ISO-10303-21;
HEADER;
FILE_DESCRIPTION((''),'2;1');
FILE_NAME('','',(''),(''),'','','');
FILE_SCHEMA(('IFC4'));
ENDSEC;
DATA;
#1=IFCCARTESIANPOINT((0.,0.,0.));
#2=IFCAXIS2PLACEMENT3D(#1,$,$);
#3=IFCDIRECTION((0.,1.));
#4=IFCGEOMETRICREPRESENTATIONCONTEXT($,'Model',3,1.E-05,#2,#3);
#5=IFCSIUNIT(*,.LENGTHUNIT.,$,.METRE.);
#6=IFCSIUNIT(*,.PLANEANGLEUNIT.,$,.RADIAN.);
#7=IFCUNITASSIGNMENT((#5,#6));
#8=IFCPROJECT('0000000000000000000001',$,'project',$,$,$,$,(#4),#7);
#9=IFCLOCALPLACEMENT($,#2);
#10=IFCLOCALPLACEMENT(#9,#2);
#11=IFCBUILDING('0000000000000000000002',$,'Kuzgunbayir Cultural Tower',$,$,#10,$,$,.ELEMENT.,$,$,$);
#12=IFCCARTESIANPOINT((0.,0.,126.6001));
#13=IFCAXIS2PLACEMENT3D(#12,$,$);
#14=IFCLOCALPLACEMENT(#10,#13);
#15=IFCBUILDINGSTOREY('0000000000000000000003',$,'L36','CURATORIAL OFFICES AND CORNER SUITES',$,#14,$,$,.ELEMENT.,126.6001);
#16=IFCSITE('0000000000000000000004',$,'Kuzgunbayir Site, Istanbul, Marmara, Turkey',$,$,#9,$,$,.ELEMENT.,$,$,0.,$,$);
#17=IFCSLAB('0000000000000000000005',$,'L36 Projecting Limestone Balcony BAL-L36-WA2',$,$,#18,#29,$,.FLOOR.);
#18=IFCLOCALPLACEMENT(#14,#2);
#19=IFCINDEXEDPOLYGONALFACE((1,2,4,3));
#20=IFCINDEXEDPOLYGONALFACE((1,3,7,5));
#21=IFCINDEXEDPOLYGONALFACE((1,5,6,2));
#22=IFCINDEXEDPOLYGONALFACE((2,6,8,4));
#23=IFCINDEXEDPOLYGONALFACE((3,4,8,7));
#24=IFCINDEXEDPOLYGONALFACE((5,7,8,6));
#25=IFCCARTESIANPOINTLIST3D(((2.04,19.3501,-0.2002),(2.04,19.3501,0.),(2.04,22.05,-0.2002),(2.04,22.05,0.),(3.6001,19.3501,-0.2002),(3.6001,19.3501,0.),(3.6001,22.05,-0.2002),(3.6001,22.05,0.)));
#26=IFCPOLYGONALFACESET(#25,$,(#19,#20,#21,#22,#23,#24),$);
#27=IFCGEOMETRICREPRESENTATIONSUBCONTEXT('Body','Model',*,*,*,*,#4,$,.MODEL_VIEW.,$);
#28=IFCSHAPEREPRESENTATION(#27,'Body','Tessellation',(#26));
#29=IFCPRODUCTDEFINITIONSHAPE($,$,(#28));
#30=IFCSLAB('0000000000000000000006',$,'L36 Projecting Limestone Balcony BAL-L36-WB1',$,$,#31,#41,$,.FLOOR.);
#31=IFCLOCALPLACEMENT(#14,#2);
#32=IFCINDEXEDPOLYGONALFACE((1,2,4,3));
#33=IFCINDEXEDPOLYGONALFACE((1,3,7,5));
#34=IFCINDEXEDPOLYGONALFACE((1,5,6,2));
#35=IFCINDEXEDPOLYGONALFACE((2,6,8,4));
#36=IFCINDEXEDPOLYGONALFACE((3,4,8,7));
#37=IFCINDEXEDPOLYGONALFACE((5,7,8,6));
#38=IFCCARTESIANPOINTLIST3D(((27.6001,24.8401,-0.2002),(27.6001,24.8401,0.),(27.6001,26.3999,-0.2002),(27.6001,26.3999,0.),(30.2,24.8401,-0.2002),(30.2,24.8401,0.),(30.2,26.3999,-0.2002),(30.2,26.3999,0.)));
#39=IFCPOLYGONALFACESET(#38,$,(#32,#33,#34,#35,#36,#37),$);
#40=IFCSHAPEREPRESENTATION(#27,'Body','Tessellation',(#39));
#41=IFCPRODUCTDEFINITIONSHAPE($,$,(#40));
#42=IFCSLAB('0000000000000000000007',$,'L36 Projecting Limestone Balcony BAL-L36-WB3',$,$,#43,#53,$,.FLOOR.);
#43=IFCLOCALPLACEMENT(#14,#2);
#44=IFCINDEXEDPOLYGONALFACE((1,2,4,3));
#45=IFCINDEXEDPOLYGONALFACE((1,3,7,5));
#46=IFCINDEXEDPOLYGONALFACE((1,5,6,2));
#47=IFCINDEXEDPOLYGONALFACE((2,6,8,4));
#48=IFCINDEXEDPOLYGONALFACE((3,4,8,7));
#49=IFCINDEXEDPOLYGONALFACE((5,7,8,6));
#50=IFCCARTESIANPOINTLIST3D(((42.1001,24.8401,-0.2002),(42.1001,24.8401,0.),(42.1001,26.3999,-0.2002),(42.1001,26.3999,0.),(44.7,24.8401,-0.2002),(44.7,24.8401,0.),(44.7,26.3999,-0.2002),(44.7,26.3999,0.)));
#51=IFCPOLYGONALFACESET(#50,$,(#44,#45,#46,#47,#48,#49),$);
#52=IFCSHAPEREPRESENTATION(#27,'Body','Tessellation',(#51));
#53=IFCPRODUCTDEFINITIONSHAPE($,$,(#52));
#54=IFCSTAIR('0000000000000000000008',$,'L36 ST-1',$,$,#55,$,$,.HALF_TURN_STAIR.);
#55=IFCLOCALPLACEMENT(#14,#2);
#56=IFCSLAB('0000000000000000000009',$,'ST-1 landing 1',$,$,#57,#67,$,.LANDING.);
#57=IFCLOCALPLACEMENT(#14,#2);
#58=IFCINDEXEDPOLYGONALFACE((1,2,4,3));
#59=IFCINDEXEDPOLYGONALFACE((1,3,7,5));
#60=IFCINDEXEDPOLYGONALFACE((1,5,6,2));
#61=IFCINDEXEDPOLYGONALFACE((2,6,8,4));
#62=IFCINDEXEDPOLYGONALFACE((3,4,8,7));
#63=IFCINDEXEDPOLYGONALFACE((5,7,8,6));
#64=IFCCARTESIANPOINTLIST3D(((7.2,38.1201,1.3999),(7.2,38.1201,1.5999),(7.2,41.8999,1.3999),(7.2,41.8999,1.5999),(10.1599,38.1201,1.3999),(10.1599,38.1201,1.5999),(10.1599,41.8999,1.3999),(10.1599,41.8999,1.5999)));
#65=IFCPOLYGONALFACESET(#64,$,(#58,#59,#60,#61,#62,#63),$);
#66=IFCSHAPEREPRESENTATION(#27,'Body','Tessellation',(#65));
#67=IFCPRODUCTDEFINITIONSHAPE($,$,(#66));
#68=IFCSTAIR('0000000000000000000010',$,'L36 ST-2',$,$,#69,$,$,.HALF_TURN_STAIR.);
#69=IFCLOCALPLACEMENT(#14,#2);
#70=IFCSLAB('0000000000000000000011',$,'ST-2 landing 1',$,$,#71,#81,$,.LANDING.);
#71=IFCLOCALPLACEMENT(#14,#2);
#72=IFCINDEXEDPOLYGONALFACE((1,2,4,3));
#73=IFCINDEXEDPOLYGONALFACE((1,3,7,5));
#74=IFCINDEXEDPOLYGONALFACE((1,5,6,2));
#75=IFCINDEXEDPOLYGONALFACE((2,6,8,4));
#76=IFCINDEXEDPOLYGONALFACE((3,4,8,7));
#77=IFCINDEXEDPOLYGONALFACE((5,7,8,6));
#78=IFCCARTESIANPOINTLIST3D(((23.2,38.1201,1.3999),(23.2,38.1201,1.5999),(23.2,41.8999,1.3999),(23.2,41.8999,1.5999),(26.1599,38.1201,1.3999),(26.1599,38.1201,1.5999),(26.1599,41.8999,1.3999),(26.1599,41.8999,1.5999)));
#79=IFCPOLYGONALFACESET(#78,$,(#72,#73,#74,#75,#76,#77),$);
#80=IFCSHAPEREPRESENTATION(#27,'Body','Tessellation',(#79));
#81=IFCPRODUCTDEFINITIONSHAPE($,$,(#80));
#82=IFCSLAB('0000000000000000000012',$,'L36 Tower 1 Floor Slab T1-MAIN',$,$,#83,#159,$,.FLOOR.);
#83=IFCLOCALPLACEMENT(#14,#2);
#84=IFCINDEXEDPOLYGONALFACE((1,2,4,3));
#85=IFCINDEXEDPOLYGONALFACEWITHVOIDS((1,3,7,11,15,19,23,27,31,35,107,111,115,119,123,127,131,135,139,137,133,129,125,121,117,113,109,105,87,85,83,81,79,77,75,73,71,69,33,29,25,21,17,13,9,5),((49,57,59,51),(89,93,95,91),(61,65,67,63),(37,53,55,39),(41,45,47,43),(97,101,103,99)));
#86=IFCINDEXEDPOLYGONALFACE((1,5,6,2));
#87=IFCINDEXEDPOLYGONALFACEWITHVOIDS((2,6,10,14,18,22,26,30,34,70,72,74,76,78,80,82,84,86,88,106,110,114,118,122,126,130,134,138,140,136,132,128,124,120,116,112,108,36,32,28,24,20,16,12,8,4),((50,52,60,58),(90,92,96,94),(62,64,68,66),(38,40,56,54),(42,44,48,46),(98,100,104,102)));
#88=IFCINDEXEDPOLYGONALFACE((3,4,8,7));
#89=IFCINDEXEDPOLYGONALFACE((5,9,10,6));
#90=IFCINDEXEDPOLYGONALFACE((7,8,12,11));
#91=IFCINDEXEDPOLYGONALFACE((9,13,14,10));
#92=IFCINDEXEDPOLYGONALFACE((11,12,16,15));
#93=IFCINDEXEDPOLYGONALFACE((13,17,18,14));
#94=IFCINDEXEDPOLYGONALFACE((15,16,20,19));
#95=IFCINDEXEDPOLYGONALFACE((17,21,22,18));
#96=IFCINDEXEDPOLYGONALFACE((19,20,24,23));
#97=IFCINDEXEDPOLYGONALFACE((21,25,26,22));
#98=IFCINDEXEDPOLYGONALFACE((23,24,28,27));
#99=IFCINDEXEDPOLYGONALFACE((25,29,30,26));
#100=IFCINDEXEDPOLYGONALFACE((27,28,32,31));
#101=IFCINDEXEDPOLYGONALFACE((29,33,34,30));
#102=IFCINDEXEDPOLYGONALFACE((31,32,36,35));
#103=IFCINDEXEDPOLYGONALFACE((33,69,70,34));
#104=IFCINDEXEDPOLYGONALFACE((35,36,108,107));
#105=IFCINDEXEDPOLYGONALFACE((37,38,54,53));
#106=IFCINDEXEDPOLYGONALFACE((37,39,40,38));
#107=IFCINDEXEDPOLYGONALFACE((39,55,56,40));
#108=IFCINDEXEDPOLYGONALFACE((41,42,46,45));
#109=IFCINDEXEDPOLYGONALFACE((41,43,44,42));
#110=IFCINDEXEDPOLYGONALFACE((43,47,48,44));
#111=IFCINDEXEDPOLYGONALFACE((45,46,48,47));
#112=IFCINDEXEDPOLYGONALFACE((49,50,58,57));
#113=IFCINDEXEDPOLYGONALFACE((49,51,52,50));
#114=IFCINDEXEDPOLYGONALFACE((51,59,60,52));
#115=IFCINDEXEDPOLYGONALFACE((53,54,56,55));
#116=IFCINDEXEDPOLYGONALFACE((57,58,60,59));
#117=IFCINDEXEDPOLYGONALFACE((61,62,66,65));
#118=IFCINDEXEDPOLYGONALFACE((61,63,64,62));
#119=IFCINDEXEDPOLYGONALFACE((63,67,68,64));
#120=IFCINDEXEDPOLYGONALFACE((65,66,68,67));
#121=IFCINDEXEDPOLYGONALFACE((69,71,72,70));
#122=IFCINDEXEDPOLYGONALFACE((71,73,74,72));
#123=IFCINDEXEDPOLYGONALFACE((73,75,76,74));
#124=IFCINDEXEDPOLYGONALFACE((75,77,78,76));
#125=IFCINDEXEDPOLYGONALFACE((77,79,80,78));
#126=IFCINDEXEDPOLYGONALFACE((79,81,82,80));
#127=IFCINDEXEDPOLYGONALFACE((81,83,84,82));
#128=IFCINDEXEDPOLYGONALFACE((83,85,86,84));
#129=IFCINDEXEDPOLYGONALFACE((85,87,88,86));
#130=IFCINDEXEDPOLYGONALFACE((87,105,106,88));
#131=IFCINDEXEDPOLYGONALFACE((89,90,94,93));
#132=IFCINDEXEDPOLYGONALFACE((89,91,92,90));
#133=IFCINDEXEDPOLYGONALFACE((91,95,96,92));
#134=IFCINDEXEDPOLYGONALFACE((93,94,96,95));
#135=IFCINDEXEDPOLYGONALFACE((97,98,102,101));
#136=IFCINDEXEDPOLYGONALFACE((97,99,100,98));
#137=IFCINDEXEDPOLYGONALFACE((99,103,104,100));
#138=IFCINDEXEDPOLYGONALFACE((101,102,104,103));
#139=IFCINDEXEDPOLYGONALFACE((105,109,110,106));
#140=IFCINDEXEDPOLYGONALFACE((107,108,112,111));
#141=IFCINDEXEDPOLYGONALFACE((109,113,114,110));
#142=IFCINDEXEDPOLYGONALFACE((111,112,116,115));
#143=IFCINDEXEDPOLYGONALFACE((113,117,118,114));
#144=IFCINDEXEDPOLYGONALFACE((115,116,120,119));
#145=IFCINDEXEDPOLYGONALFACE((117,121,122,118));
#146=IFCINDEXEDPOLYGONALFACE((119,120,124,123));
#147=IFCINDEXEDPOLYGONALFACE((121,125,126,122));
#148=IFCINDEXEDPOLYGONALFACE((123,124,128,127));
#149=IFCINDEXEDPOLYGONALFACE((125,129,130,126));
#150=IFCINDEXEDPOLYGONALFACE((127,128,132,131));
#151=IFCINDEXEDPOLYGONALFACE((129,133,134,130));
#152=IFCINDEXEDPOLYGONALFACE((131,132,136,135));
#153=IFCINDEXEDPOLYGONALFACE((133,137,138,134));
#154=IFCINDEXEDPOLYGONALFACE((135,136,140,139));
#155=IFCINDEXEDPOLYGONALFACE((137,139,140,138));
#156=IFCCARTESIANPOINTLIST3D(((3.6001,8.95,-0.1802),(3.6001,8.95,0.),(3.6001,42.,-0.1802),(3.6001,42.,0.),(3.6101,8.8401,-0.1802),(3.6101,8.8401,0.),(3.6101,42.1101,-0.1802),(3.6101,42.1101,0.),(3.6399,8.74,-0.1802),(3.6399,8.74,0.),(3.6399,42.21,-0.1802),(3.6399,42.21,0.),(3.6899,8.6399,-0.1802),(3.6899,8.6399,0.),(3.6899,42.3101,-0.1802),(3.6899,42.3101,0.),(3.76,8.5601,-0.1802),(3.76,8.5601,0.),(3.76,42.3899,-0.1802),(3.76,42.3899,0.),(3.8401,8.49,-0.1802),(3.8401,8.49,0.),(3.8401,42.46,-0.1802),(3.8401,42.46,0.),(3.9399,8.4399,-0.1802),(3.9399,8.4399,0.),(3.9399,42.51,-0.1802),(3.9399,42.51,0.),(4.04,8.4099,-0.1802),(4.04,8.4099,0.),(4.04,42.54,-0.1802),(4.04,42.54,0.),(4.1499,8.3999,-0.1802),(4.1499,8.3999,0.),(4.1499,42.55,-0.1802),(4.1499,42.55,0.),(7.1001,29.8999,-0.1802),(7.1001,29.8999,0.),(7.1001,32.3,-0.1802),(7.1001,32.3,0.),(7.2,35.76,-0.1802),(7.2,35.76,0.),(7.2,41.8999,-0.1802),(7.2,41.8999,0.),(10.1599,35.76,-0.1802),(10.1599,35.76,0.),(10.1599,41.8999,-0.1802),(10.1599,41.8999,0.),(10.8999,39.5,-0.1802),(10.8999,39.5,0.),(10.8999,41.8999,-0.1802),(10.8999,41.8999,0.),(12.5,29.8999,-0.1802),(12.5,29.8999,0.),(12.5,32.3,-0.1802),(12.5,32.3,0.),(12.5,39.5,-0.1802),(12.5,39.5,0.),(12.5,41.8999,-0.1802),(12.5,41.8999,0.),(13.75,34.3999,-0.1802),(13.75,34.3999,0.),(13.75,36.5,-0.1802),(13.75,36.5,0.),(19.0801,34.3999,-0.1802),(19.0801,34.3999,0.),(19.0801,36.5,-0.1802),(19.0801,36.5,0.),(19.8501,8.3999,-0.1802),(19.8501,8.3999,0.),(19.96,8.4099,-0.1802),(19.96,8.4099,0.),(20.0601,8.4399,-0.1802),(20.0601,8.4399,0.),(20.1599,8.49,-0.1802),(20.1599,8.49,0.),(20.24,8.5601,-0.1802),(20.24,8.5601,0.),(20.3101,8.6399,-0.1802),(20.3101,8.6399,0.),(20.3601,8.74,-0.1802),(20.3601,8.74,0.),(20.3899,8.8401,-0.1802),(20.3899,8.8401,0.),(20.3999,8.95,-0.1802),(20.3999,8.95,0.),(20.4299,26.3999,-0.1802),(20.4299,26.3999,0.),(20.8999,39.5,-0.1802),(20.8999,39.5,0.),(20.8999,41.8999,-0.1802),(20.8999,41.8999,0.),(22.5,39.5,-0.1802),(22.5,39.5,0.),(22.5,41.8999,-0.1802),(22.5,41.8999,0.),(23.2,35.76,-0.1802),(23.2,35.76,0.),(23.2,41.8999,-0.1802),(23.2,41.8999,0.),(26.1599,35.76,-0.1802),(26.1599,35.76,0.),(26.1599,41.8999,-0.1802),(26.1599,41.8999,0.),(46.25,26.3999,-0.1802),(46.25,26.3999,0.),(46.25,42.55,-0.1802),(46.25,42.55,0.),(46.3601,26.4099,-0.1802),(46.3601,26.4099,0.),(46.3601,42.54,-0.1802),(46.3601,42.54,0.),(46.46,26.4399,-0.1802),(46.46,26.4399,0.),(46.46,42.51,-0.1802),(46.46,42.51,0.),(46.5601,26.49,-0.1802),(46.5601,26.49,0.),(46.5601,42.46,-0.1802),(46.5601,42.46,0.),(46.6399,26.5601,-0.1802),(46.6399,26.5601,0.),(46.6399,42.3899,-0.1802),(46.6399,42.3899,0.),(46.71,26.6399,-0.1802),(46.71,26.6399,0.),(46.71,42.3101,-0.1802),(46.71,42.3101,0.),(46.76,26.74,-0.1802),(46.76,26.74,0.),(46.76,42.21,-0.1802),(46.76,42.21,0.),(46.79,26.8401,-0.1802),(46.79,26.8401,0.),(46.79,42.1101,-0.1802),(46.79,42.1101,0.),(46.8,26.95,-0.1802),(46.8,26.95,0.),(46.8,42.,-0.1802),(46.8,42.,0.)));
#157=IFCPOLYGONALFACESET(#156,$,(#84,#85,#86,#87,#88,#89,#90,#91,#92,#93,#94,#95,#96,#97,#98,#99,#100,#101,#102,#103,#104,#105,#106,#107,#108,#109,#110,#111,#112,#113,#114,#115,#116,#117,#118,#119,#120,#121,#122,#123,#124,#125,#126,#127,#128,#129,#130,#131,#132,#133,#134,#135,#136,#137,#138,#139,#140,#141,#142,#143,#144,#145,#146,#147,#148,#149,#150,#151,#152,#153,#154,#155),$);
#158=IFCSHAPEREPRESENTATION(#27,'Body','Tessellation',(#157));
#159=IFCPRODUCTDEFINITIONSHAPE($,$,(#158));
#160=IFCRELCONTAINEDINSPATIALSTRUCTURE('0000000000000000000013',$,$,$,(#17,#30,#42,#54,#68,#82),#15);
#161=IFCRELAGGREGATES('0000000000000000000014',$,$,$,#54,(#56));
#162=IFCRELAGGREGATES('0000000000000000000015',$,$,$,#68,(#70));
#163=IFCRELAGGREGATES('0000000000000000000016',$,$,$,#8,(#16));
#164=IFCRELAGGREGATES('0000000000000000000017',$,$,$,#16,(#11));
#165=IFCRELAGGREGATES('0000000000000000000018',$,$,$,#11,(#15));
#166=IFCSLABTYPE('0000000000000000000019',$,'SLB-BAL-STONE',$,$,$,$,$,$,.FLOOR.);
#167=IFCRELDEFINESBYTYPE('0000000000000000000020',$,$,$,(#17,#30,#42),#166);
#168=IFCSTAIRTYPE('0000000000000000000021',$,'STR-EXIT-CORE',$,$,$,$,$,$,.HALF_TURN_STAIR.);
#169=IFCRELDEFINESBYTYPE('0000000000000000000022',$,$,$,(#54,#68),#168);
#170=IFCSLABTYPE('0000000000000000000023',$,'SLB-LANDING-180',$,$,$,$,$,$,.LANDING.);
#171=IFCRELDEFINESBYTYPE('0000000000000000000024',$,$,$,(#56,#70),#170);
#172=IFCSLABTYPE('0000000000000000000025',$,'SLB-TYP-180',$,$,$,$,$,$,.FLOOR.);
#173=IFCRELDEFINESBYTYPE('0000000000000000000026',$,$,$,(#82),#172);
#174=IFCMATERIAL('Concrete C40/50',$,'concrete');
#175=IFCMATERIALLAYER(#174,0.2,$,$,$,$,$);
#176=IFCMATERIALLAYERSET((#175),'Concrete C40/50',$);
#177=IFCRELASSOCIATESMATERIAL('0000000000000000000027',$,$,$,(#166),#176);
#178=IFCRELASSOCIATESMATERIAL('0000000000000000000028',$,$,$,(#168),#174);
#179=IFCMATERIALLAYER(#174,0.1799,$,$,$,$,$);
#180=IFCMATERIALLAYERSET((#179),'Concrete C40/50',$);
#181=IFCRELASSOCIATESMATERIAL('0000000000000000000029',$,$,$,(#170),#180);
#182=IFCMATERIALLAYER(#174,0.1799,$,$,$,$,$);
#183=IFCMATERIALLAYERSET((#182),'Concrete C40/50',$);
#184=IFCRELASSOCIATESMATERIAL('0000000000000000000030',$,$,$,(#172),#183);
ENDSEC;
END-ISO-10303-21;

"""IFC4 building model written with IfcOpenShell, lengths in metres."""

from ifc_helpers import new_model, si_unit, direction, frame, origin, place, context, subcontext, project, spatial, polyline, outline, extrude, material, layer, layer_set, type_object, element, aggregate, save


model = new_model("IFC4")

# Units and contexts
model_context = context("Model", 3, precision=1e-05, world=origin(), true_north=direction((0.0, 1.0)))
body_context = subcontext(model_context, "Body", "Model", "MODEL_VIEW")
ifc_project = project(units=[si_unit("LENGTHUNIT", "METRE"), si_unit("PLANEANGLEUNIT", "RADIAN")], contexts=[model_context])

# Site, building, storey
site_placement = place(None, origin())
site = spatial("IfcSite", under=ifc_project, at=site_placement, Name="Kuzgunbayir Site, Istanbul, Marmara, Turkey", CompositionType="ELEMENT", RefElevation=0.0)
building_placement = place(site_placement, origin())
building = spatial("IfcBuilding", under=site, at=building_placement, Name="Kuzgunbayir Cultural Tower", CompositionType="ELEMENT")
storey_placement = place(building_placement, frame((0.0, 0.0, 126.6001)))
storey = spatial("IfcBuildingStorey", under=building, at=storey_placement, Name="L36", Description="CURATORIAL OFFICES AND CORNER SUITES", CompositionType="ELEMENT", Elevation=126.6001)

# Slabs
ifc_material_1 = material(Name="Concrete C40/50", Category="concrete")
ifc_layer_1 = layer(ifc_material_1, 0.2)
ifc_layer_set_1 = layer_set([ifc_layer_1], Name="Concrete C40/50")
slab_type_1 = type_object("IfcSlabType", Name="SLB-BAL-STONE", PredefinedType="FLOOR", material=ifc_layer_set_1)
slab_1_placement = place(storey_placement, frame((0.0, 0.0, -0.2002)))
element("IfcSlab", 1, at=slab_1_placement, inside=storey, type_object=slab_type_1, Name="L36 Projecting Limestone Balcony BAL-L36-WA2", PredefinedType="FLOOR", context=body_context, shape_type="SweptSolid", body=[
    extrude(outline(polyline([(2.04, 19.3501), (3.6001, 19.3501), (3.6001, 22.05), (2.04, 22.05), (2.04, 19.3501)])), origin(), (0.0, 0.0, 1.0), 0.2002),
])
slab_2_placement = place(storey_placement, frame((0.0, 0.0, -0.2002)))
element("IfcSlab", 2, at=slab_2_placement, inside=storey, type_object=slab_type_1, Name="L36 Projecting Limestone Balcony BAL-L36-WB1", PredefinedType="FLOOR", context=body_context, shape_type="SweptSolid", body=[
    extrude(outline(polyline([(27.6001, 24.8401), (30.2, 24.8401), (30.2, 26.3999), (27.6001, 26.3999), (27.6001, 24.8401)])), origin(), (0.0, 0.0, 1.0), 0.2002),
])
slab_3_placement = place(storey_placement, frame((0.0, 0.0, -0.2002)))
element("IfcSlab", 3, at=slab_3_placement, inside=storey, type_object=slab_type_1, Name="L36 Projecting Limestone Balcony BAL-L36-WB3", PredefinedType="FLOOR", context=body_context, shape_type="SweptSolid", body=[
    extrude(outline(polyline([(42.1001, 24.8401), (44.7, 24.8401), (44.7, 26.3999), (42.1001, 26.3999), (42.1001, 24.8401)])), origin(), (0.0, 0.0, 1.0), 0.2002),
])

# Stairs, slabs
stair_type = type_object("IfcStairType", Name="STR-EXIT-CORE", PredefinedType="HALF_TURN_STAIR", material=ifc_material_1)
stair_1_placement = place(storey_placement, origin())
stair_1 = element("IfcStair", 4, at=stair_1_placement, inside=storey, type_object=stair_type, Name="L36 ST-1", PredefinedType="HALF_TURN_STAIR")
ifc_layer_2 = layer(ifc_material_1, 0.1799)
ifc_layer_set_2 = layer_set([ifc_layer_2], Name="Concrete C40/50")
slab_type_2 = type_object("IfcSlabType", Name="SLB-LANDING-180", PredefinedType="LANDING", material=ifc_layer_set_2)
slab_4_placement = place(storey_placement, frame((0.0, 0.0, 1.3999)))
slab_4 = element("IfcSlab", 5, at=slab_4_placement, type_object=slab_type_2, Name="ST-1 landing 1", PredefinedType="LANDING", context=body_context, shape_type="SweptSolid", body=[
    extrude(outline(polyline([(10.1599, 38.1201), (10.1599, 41.8999), (7.2, 41.8999), (7.2, 38.1201), (10.1599, 38.1201)])), origin(), (0.0, 0.0, 1.0), 0.2),
])
aggregate(stair_1, [slab_4])
stair_2_placement = place(storey_placement, origin())
stair_2 = element("IfcStair", 6, at=stair_2_placement, inside=storey, type_object=stair_type, Name="L36 ST-2", PredefinedType="HALF_TURN_STAIR")
slab_5_placement = place(storey_placement, frame((0.0, 0.0, 1.3999)))
slab_5 = element("IfcSlab", 7, at=slab_5_placement, type_object=slab_type_2, Name="ST-2 landing 1", PredefinedType="LANDING", context=body_context, shape_type="SweptSolid", body=[
    extrude(outline(polyline([(26.1599, 38.1201), (26.1599, 41.8999), (23.2, 41.8999), (23.2, 38.1201), (26.1599, 38.1201)])), origin(), (0.0, 0.0, 1.0), 0.2),
])
aggregate(stair_2, [slab_5])

# Slab
ifc_layer_3 = layer(ifc_material_1, 0.1799)
ifc_layer_set_3 = layer_set([ifc_layer_3], Name="Concrete C40/50")
slab_type_3 = type_object("IfcSlabType", Name="SLB-TYP-180", PredefinedType="FLOOR", material=ifc_layer_set_3)
slab_6_placement = place(storey_placement, frame((0.0, 0.0, -0.1802)))
element("IfcSlab", 8, at=slab_6_placement, inside=storey, type_object=slab_type_3, Name="L36 Tower 1 Floor Slab T1-MAIN", PredefinedType="FLOOR", context=body_context, shape_type="SweptSolid", body=[
    extrude(outline(polyline([(20.3999, 8.95), (20.3899, 8.8401), (20.3601, 8.74), (20.3101, 8.6399), (20.24, 8.5601), (20.1599, 8.49), (20.0601, 8.4399), (19.96, 8.4099), (19.8501, 8.3999), (4.1499, 8.3999), (4.04, 8.4099), (3.9399, 8.4399), (3.8401, 8.49), (3.76, 8.5601), (3.6899, 8.6399), (3.6399, 8.74), (3.6101, 8.8401), (3.6001, 8.95), (3.6001, 42.0), (3.6101, 42.1101), (3.6399, 42.21), (3.6899, 42.3101), (3.76, 42.3899), (3.8401, 42.46), (3.9399, 42.51), (4.04, 42.54), (4.1499, 42.55), (46.25, 42.55), (46.3601, 42.54), (46.46, 42.51), (46.5601, 42.46), (46.6399, 42.3899), (46.71, 42.3101), (46.76, 42.21), (46.79, 42.1101), (46.8, 42.0), (46.8, 26.95), (46.79, 26.8401), (46.76, 26.74), (46.71, 26.6399), (46.6399, 26.5601), (46.5601, 26.49), (46.46, 26.4399), (46.3601, 26.4099), (46.25, 26.3999), (20.4299, 26.3999), (20.3999, 8.95)]), holes=[polyline([(7.2, 35.76), (7.2, 41.8999), (10.1599, 41.8999), (10.1599, 35.76), (7.2, 35.76)]), polyline([(23.2, 35.76), (23.2, 41.8999), (26.1599, 41.8999), (26.1599, 35.76), (23.2, 35.76)]), polyline([(13.75, 34.3999), (13.75, 36.5), (19.0801, 36.5), (19.0801, 34.3999), (13.75, 34.3999)]), polyline([(7.1001, 29.8999), (7.1001, 32.3), (12.5, 32.3), (12.5, 29.8999), (7.1001, 29.8999)]), polyline([(10.8999, 39.5), (10.8999, 41.8999), (12.5, 41.8999), (12.5, 39.5), (10.8999, 39.5)]), polyline([(20.8999, 39.5), (20.8999, 41.8999), (22.5, 41.8999), (22.5, 39.5), (20.8999, 39.5)])]), origin(), (0.0, 0.0, 1.0), 0.1802),
])

save(model, "model.ifc")
